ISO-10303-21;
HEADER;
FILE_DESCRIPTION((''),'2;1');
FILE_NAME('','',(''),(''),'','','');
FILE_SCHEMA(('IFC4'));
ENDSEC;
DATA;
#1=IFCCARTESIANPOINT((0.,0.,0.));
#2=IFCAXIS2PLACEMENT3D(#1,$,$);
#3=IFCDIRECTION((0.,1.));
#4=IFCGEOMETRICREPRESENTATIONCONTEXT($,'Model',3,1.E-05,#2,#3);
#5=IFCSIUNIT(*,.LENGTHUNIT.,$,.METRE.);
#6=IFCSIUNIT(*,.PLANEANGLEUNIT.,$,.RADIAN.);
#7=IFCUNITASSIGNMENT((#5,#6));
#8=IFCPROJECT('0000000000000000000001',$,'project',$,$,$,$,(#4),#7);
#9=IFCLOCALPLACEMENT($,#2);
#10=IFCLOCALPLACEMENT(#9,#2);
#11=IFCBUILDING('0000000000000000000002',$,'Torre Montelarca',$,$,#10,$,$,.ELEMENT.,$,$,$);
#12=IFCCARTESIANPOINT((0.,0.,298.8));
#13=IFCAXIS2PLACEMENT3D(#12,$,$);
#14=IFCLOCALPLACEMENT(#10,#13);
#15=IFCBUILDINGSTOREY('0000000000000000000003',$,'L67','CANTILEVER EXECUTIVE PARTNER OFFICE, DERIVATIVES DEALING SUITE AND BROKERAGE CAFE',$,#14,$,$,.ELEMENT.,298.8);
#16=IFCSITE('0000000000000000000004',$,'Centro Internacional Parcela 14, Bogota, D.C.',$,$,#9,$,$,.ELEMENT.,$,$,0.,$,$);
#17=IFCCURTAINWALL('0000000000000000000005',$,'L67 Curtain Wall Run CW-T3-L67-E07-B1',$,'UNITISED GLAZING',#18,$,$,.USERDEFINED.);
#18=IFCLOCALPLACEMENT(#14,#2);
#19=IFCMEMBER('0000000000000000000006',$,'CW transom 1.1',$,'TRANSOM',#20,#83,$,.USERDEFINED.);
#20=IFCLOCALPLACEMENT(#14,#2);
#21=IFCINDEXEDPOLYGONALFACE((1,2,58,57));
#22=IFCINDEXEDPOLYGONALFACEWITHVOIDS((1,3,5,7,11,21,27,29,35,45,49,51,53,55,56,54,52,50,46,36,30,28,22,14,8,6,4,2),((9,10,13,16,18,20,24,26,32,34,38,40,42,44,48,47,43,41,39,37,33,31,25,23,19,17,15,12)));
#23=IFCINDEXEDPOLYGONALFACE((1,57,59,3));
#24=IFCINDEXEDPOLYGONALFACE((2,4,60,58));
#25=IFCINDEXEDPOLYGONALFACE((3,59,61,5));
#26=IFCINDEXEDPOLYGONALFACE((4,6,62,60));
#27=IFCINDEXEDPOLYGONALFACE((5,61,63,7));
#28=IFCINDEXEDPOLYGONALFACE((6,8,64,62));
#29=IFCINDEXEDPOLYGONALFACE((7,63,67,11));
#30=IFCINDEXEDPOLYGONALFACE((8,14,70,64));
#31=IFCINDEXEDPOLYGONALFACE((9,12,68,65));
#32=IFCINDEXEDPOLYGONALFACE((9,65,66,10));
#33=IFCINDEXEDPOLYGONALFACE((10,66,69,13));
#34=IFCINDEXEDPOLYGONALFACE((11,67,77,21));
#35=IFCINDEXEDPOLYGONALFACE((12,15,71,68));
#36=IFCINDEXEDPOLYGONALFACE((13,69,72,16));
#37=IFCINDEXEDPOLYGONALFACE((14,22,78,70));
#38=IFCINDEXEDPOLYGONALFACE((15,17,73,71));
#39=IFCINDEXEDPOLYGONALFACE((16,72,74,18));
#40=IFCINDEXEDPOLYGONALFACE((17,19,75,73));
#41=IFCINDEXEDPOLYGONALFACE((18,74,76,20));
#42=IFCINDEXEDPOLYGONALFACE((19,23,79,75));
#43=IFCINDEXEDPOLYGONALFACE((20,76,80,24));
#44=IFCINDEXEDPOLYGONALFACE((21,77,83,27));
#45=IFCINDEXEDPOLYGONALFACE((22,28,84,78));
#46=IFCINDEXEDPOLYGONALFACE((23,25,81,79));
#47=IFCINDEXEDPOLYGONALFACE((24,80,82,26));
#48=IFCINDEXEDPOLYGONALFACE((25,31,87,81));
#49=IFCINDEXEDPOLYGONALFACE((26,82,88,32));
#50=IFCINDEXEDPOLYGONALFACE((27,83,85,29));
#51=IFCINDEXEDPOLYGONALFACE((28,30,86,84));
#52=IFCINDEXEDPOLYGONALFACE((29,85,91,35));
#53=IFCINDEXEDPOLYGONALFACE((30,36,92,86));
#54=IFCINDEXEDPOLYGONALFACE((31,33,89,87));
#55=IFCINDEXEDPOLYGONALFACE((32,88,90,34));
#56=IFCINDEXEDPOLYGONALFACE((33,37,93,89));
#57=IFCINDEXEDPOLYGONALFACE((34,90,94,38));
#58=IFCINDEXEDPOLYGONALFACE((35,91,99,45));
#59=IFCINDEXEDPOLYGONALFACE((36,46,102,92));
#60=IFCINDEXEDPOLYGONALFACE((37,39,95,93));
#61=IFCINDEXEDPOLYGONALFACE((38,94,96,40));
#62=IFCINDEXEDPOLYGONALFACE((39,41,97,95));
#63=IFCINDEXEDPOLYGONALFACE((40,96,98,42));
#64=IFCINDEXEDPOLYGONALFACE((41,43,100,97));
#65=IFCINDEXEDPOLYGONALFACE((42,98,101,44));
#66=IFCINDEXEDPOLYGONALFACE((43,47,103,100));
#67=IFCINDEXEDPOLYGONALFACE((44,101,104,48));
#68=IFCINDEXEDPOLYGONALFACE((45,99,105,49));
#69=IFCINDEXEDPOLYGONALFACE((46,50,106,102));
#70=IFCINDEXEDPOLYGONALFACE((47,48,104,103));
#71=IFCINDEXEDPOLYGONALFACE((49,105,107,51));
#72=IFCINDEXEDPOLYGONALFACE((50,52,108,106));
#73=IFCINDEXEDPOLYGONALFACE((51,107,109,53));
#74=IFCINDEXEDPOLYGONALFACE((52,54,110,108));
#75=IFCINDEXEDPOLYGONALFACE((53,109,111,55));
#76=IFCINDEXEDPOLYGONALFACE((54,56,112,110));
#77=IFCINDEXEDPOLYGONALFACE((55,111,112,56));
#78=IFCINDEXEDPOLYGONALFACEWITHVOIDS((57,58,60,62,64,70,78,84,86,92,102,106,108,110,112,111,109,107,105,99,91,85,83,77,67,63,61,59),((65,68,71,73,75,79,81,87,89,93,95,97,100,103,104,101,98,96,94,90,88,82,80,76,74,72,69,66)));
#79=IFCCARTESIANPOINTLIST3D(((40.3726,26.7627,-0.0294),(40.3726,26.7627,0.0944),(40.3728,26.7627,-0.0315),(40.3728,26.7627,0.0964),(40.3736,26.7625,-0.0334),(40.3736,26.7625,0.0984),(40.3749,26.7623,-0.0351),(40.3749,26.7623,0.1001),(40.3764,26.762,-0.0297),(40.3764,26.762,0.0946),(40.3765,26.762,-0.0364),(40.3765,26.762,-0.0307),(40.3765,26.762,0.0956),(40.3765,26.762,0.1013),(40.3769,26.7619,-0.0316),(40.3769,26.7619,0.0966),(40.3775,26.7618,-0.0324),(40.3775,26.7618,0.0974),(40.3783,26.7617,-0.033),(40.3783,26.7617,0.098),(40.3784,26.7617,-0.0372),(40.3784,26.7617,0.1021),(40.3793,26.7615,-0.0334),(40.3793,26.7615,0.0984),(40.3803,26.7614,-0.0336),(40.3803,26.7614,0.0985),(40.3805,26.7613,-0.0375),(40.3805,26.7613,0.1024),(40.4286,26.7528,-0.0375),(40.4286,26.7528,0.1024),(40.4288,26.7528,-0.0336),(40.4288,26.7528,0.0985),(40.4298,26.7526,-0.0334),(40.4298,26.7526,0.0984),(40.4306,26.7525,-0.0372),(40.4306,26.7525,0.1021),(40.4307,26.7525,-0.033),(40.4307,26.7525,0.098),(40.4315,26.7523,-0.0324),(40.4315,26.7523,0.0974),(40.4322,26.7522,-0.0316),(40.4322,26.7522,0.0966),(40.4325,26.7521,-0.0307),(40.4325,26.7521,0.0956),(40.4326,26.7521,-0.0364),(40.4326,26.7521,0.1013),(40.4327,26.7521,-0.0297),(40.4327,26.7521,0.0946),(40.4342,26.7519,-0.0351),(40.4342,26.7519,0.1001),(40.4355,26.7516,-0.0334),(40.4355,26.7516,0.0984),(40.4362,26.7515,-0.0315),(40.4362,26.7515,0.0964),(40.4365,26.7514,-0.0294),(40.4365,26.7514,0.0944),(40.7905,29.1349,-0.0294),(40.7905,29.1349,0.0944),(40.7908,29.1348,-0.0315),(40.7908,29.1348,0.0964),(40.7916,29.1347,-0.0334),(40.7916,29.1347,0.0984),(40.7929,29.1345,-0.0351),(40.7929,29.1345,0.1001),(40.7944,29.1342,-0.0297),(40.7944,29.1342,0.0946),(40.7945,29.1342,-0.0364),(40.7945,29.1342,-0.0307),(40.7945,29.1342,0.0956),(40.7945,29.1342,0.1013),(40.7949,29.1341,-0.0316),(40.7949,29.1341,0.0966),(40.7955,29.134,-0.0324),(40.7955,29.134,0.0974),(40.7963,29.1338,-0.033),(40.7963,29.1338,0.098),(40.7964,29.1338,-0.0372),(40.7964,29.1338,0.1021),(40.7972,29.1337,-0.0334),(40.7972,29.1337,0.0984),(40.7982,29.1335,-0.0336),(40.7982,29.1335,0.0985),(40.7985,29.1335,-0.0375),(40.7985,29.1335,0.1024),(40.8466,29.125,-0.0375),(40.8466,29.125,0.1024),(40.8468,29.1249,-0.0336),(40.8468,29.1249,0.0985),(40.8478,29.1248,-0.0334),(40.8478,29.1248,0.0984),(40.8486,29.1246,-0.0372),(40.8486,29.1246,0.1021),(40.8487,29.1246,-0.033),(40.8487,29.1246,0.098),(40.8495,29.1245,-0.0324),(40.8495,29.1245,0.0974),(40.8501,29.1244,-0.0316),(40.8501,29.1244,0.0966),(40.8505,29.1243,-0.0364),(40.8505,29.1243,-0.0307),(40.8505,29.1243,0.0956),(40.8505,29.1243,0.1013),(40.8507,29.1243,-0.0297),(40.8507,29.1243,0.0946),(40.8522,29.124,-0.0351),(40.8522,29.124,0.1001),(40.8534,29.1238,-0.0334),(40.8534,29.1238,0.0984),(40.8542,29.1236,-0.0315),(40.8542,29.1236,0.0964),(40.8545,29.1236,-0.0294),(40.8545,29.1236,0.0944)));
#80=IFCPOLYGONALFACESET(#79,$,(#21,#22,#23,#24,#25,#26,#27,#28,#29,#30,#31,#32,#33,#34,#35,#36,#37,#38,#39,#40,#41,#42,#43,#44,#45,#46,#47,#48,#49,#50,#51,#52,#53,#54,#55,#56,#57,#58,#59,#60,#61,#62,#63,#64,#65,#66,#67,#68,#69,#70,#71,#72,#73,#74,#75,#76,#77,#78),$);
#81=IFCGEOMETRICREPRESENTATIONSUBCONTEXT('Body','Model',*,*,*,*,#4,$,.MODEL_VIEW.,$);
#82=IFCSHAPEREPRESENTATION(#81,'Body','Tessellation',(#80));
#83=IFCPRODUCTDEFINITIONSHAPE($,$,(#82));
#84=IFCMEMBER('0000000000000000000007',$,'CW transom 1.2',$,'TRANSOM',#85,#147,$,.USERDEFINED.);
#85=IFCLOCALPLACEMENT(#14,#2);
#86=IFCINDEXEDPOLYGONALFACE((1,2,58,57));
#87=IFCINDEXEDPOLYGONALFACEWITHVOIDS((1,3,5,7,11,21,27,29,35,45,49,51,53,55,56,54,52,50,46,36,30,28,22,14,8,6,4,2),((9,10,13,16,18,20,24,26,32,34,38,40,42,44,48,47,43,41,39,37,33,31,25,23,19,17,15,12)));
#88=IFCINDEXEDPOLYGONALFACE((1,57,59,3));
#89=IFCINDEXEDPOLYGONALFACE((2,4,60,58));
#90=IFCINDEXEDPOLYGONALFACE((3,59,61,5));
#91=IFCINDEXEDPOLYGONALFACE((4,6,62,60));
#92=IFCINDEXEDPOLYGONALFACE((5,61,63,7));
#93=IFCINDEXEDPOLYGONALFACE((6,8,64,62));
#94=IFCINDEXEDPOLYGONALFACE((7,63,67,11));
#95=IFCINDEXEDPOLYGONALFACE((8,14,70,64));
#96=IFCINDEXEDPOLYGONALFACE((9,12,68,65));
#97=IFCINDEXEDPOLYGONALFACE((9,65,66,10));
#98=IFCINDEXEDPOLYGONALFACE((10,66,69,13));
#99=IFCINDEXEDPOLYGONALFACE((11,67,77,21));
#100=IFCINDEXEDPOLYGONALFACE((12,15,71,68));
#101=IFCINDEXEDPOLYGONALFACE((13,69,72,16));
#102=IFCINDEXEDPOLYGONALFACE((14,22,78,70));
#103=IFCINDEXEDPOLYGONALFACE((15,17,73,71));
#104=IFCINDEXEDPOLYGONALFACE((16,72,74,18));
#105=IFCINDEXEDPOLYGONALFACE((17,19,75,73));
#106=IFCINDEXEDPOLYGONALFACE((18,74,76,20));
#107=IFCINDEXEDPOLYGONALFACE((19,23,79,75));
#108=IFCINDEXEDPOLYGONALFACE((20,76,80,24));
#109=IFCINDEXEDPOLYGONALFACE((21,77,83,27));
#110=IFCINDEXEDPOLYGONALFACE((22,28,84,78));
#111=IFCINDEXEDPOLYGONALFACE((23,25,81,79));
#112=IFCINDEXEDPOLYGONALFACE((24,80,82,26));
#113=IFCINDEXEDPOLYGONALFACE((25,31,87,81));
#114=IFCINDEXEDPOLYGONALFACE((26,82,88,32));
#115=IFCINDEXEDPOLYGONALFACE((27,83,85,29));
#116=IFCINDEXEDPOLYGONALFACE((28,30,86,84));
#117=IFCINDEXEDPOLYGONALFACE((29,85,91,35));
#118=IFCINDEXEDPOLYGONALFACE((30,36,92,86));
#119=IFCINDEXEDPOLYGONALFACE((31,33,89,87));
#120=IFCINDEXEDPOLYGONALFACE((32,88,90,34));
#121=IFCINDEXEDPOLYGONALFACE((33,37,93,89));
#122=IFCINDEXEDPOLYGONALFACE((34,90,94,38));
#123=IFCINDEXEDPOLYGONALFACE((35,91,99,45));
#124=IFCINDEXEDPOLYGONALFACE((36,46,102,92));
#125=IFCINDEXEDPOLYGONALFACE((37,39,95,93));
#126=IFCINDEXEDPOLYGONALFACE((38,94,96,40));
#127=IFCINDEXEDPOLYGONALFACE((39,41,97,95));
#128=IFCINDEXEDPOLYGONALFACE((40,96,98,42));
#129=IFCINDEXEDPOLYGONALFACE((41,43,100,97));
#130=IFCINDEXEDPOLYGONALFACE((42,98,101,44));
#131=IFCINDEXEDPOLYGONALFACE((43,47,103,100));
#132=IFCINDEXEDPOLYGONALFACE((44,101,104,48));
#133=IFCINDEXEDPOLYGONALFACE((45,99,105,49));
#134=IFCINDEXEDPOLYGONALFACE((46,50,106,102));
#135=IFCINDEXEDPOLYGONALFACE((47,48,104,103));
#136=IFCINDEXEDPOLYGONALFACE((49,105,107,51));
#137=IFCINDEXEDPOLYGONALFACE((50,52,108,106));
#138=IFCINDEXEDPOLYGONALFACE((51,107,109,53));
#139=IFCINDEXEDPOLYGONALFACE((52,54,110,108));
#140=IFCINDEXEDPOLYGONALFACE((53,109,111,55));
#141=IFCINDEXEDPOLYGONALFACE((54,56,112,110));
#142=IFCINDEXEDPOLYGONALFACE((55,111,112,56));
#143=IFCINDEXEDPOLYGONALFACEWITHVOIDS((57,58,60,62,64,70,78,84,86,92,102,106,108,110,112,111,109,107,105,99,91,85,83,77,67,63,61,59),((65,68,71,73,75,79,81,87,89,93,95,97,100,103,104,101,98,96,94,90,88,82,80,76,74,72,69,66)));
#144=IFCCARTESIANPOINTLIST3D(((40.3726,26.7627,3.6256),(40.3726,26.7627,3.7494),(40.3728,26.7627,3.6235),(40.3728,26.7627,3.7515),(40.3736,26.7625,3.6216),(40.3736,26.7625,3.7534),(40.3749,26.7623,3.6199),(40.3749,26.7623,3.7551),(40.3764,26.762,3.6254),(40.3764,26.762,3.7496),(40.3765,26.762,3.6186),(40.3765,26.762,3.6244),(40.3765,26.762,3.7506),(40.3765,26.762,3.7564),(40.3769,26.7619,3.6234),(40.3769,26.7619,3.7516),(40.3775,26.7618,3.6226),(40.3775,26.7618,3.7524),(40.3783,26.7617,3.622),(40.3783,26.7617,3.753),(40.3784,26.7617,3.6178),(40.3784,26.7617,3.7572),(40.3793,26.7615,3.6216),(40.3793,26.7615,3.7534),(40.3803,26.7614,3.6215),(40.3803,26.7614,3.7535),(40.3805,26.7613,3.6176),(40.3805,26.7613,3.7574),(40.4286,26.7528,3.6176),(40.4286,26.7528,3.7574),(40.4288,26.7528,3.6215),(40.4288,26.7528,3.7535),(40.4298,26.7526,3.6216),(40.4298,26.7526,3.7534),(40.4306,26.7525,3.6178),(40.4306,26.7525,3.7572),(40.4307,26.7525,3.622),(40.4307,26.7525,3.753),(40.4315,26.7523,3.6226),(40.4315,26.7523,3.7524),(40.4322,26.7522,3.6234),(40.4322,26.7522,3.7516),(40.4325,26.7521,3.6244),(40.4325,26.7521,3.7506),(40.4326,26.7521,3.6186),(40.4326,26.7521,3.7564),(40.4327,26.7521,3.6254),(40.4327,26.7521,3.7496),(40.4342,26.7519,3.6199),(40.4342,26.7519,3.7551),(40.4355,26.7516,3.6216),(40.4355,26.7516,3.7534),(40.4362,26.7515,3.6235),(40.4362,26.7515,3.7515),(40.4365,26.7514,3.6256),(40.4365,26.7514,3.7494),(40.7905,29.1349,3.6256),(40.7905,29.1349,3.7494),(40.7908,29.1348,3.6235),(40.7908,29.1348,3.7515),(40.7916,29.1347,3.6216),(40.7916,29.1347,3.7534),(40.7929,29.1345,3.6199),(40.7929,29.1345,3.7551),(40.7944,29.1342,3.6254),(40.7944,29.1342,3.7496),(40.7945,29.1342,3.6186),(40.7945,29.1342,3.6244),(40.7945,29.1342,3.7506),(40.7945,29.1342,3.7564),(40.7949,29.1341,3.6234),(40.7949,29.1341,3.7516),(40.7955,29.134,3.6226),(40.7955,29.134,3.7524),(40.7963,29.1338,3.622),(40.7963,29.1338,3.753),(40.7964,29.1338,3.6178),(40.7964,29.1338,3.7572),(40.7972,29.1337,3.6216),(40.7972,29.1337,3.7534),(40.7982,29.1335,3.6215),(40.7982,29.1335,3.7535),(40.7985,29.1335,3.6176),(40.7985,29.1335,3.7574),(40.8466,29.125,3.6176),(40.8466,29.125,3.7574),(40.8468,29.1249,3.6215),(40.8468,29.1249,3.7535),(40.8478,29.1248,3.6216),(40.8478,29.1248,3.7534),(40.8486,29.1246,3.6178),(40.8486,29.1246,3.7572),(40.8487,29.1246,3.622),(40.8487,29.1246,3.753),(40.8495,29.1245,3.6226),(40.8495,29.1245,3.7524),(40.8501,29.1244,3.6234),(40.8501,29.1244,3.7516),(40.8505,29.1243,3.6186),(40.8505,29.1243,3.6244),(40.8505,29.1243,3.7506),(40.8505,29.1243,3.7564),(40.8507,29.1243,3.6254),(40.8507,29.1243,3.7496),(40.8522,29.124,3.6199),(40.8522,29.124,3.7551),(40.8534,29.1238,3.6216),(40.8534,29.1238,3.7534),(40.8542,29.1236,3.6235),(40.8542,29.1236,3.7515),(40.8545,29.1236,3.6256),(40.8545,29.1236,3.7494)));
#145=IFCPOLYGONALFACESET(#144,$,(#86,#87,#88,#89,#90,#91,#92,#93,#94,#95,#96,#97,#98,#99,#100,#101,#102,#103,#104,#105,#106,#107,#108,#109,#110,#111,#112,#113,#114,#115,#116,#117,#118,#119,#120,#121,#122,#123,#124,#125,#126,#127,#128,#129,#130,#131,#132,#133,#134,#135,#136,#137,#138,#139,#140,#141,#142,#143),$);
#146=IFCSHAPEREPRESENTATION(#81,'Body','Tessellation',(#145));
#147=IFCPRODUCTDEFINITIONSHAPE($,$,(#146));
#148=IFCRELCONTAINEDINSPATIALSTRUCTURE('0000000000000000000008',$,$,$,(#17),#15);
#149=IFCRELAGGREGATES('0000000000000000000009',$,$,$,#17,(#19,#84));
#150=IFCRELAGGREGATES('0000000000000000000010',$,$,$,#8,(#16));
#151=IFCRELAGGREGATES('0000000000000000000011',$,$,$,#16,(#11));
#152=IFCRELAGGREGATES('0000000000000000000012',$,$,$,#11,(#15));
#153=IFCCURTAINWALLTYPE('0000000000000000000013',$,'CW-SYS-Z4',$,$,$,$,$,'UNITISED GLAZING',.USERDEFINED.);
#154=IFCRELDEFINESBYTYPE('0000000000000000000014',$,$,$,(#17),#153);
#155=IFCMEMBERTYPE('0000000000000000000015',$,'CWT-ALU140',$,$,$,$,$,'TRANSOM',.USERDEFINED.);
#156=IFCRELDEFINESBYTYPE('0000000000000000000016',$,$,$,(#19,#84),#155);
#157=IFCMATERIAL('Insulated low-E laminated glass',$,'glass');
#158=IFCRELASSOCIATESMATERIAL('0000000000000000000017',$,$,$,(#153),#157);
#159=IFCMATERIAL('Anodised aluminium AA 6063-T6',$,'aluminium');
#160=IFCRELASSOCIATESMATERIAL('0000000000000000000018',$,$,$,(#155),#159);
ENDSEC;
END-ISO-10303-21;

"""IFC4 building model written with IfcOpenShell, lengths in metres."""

from ifc_helpers import new_model, si_unit, direction, frame, origin, origin_2d, place, context, subcontext, project, spatial, hollow_rectangle, extrude, source, transform, mapped, material, material_profile, profile_set, type_object, element, aggregate, save


model = new_model("IFC4")

# Units and contexts
model_context = context("Model", 3, precision=1e-05, world=origin(), true_north=direction((0.0, 1.0)))
body_context = subcontext(model_context, "Body", "Model", "MODEL_VIEW")
ifc_project = project(units=[si_unit("LENGTHUNIT", "METRE"), si_unit("PLANEANGLEUNIT", "RADIAN")], contexts=[model_context])

# Site, building, storey
site_placement = place(None, origin())
site = spatial("IfcSite", under=ifc_project, at=site_placement, Name="Centro Internacional Parcela 14, Bogota, D.C.", CompositionType="ELEMENT", RefElevation=0.0)
building_placement = place(site_placement, origin())
building = spatial("IfcBuilding", under=site, at=building_placement, Name="Torre Montelarca", CompositionType="ELEMENT")
storey_placement = place(building_placement, frame((0.0, 0.0, 298.8)))
storey = spatial("IfcBuildingStorey", under=building, at=storey_placement, Name="L67", Description="CANTILEVER EXECUTIVE PARTNER OFFICE, DERIVATIVES DEALING SUITE AND BROKERAGE CAFE", CompositionType="ELEMENT", Elevation=298.8)

# Curtain wall, members
ifc_material_1 = material(Name="Insulated low-E laminated glass", Category="glass")
curtain_wall_type = type_object("IfcCurtainWallType", Name="CW-SYS-Z4", ElementType="UNITISED GLAZING", PredefinedType="USERDEFINED", material=ifc_material_1)
ifc_material_2 = material(Name="Anodised aluminium AA 6063-T6", Category="aluminium")
curtain_wall_1_placement = place(storey_placement, origin())
curtain_wall_1 = element("IfcCurtainWall", 1, at=curtain_wall_1_placement, inside=storey, type_object=curtain_wall_type, Name="L67 Curtain Wall Run CW-T3-L67-E07-B1", ObjectType="UNITISED GLAZING", PredefinedType="USERDEFINED")
ifc_material_profile_1 = material_profile(ifc_material_2, hollow_rectangle(XDim=0.0649, YDim=0.1399, WallThickness=0.0039, InnerFilletRadius=0.0039, OuterFilletRadius=0.0081, at=origin_2d()), Name="ALU65X140X4", Category="aluminium")
ifc_profile_set_1 = profile_set([ifc_material_profile_1], Name="Anodised aluminium AA 6063-T6")
member_type_1 = type_object("IfcMemberType", Name="CWT-ALU140", ElementType="TRANSOM", PredefinedType="USERDEFINED", material=ifc_profile_set_1)
shared_shape_1 = source(origin(), body_context, "Body", "SweptSolid", [
    extrude(hollow_rectangle(XDim=0.0649, YDim=0.1399, WallThickness=0.0039, InnerFilletRadius=0.0039, OuterFilletRadius=0.0081, at=origin_2d()), origin(), (0.0, 0.0, 1.0), 2.4087),
])
member_1_placement = place(storey_placement, frame((40.4045, 26.7571, 0.0325), z_axis=(0.173531, 0.984828, 0.0), x_axis=(-0.984828, 0.173531, 0.0)))
member_1 = element("IfcMember", 2, at=member_1_placement, type_object=member_type_1, Name="CW transom 1.1", ObjectType="TRANSOM", PredefinedType="USERDEFINED", context=body_context, shape_type="MappedRepresentation", body=[
    mapped(shared_shape_1, transform((0.0, 0.0, 0.0), scale=1.0)),
])
member_2_placement = place(storey_placement, frame((40.4045, 26.7571, 3.6875), z_axis=(0.173531, 0.984828, 0.0), x_axis=(-0.984828, 0.173531, 0.0)))
member_2 = element("IfcMember", 3, at=member_2_placement, type_object=member_type_1, Name="CW transom 1.2", ObjectType="TRANSOM", PredefinedType="USERDEFINED", context=body_context, shape_type="MappedRepresentation", body=[
    mapped(shared_shape_1, transform((0.0, 0.0, 0.0), scale=1.0)),
])

aggregate(curtain_wall_1, [member_1, member_2])

save(model, "model.ifc")
